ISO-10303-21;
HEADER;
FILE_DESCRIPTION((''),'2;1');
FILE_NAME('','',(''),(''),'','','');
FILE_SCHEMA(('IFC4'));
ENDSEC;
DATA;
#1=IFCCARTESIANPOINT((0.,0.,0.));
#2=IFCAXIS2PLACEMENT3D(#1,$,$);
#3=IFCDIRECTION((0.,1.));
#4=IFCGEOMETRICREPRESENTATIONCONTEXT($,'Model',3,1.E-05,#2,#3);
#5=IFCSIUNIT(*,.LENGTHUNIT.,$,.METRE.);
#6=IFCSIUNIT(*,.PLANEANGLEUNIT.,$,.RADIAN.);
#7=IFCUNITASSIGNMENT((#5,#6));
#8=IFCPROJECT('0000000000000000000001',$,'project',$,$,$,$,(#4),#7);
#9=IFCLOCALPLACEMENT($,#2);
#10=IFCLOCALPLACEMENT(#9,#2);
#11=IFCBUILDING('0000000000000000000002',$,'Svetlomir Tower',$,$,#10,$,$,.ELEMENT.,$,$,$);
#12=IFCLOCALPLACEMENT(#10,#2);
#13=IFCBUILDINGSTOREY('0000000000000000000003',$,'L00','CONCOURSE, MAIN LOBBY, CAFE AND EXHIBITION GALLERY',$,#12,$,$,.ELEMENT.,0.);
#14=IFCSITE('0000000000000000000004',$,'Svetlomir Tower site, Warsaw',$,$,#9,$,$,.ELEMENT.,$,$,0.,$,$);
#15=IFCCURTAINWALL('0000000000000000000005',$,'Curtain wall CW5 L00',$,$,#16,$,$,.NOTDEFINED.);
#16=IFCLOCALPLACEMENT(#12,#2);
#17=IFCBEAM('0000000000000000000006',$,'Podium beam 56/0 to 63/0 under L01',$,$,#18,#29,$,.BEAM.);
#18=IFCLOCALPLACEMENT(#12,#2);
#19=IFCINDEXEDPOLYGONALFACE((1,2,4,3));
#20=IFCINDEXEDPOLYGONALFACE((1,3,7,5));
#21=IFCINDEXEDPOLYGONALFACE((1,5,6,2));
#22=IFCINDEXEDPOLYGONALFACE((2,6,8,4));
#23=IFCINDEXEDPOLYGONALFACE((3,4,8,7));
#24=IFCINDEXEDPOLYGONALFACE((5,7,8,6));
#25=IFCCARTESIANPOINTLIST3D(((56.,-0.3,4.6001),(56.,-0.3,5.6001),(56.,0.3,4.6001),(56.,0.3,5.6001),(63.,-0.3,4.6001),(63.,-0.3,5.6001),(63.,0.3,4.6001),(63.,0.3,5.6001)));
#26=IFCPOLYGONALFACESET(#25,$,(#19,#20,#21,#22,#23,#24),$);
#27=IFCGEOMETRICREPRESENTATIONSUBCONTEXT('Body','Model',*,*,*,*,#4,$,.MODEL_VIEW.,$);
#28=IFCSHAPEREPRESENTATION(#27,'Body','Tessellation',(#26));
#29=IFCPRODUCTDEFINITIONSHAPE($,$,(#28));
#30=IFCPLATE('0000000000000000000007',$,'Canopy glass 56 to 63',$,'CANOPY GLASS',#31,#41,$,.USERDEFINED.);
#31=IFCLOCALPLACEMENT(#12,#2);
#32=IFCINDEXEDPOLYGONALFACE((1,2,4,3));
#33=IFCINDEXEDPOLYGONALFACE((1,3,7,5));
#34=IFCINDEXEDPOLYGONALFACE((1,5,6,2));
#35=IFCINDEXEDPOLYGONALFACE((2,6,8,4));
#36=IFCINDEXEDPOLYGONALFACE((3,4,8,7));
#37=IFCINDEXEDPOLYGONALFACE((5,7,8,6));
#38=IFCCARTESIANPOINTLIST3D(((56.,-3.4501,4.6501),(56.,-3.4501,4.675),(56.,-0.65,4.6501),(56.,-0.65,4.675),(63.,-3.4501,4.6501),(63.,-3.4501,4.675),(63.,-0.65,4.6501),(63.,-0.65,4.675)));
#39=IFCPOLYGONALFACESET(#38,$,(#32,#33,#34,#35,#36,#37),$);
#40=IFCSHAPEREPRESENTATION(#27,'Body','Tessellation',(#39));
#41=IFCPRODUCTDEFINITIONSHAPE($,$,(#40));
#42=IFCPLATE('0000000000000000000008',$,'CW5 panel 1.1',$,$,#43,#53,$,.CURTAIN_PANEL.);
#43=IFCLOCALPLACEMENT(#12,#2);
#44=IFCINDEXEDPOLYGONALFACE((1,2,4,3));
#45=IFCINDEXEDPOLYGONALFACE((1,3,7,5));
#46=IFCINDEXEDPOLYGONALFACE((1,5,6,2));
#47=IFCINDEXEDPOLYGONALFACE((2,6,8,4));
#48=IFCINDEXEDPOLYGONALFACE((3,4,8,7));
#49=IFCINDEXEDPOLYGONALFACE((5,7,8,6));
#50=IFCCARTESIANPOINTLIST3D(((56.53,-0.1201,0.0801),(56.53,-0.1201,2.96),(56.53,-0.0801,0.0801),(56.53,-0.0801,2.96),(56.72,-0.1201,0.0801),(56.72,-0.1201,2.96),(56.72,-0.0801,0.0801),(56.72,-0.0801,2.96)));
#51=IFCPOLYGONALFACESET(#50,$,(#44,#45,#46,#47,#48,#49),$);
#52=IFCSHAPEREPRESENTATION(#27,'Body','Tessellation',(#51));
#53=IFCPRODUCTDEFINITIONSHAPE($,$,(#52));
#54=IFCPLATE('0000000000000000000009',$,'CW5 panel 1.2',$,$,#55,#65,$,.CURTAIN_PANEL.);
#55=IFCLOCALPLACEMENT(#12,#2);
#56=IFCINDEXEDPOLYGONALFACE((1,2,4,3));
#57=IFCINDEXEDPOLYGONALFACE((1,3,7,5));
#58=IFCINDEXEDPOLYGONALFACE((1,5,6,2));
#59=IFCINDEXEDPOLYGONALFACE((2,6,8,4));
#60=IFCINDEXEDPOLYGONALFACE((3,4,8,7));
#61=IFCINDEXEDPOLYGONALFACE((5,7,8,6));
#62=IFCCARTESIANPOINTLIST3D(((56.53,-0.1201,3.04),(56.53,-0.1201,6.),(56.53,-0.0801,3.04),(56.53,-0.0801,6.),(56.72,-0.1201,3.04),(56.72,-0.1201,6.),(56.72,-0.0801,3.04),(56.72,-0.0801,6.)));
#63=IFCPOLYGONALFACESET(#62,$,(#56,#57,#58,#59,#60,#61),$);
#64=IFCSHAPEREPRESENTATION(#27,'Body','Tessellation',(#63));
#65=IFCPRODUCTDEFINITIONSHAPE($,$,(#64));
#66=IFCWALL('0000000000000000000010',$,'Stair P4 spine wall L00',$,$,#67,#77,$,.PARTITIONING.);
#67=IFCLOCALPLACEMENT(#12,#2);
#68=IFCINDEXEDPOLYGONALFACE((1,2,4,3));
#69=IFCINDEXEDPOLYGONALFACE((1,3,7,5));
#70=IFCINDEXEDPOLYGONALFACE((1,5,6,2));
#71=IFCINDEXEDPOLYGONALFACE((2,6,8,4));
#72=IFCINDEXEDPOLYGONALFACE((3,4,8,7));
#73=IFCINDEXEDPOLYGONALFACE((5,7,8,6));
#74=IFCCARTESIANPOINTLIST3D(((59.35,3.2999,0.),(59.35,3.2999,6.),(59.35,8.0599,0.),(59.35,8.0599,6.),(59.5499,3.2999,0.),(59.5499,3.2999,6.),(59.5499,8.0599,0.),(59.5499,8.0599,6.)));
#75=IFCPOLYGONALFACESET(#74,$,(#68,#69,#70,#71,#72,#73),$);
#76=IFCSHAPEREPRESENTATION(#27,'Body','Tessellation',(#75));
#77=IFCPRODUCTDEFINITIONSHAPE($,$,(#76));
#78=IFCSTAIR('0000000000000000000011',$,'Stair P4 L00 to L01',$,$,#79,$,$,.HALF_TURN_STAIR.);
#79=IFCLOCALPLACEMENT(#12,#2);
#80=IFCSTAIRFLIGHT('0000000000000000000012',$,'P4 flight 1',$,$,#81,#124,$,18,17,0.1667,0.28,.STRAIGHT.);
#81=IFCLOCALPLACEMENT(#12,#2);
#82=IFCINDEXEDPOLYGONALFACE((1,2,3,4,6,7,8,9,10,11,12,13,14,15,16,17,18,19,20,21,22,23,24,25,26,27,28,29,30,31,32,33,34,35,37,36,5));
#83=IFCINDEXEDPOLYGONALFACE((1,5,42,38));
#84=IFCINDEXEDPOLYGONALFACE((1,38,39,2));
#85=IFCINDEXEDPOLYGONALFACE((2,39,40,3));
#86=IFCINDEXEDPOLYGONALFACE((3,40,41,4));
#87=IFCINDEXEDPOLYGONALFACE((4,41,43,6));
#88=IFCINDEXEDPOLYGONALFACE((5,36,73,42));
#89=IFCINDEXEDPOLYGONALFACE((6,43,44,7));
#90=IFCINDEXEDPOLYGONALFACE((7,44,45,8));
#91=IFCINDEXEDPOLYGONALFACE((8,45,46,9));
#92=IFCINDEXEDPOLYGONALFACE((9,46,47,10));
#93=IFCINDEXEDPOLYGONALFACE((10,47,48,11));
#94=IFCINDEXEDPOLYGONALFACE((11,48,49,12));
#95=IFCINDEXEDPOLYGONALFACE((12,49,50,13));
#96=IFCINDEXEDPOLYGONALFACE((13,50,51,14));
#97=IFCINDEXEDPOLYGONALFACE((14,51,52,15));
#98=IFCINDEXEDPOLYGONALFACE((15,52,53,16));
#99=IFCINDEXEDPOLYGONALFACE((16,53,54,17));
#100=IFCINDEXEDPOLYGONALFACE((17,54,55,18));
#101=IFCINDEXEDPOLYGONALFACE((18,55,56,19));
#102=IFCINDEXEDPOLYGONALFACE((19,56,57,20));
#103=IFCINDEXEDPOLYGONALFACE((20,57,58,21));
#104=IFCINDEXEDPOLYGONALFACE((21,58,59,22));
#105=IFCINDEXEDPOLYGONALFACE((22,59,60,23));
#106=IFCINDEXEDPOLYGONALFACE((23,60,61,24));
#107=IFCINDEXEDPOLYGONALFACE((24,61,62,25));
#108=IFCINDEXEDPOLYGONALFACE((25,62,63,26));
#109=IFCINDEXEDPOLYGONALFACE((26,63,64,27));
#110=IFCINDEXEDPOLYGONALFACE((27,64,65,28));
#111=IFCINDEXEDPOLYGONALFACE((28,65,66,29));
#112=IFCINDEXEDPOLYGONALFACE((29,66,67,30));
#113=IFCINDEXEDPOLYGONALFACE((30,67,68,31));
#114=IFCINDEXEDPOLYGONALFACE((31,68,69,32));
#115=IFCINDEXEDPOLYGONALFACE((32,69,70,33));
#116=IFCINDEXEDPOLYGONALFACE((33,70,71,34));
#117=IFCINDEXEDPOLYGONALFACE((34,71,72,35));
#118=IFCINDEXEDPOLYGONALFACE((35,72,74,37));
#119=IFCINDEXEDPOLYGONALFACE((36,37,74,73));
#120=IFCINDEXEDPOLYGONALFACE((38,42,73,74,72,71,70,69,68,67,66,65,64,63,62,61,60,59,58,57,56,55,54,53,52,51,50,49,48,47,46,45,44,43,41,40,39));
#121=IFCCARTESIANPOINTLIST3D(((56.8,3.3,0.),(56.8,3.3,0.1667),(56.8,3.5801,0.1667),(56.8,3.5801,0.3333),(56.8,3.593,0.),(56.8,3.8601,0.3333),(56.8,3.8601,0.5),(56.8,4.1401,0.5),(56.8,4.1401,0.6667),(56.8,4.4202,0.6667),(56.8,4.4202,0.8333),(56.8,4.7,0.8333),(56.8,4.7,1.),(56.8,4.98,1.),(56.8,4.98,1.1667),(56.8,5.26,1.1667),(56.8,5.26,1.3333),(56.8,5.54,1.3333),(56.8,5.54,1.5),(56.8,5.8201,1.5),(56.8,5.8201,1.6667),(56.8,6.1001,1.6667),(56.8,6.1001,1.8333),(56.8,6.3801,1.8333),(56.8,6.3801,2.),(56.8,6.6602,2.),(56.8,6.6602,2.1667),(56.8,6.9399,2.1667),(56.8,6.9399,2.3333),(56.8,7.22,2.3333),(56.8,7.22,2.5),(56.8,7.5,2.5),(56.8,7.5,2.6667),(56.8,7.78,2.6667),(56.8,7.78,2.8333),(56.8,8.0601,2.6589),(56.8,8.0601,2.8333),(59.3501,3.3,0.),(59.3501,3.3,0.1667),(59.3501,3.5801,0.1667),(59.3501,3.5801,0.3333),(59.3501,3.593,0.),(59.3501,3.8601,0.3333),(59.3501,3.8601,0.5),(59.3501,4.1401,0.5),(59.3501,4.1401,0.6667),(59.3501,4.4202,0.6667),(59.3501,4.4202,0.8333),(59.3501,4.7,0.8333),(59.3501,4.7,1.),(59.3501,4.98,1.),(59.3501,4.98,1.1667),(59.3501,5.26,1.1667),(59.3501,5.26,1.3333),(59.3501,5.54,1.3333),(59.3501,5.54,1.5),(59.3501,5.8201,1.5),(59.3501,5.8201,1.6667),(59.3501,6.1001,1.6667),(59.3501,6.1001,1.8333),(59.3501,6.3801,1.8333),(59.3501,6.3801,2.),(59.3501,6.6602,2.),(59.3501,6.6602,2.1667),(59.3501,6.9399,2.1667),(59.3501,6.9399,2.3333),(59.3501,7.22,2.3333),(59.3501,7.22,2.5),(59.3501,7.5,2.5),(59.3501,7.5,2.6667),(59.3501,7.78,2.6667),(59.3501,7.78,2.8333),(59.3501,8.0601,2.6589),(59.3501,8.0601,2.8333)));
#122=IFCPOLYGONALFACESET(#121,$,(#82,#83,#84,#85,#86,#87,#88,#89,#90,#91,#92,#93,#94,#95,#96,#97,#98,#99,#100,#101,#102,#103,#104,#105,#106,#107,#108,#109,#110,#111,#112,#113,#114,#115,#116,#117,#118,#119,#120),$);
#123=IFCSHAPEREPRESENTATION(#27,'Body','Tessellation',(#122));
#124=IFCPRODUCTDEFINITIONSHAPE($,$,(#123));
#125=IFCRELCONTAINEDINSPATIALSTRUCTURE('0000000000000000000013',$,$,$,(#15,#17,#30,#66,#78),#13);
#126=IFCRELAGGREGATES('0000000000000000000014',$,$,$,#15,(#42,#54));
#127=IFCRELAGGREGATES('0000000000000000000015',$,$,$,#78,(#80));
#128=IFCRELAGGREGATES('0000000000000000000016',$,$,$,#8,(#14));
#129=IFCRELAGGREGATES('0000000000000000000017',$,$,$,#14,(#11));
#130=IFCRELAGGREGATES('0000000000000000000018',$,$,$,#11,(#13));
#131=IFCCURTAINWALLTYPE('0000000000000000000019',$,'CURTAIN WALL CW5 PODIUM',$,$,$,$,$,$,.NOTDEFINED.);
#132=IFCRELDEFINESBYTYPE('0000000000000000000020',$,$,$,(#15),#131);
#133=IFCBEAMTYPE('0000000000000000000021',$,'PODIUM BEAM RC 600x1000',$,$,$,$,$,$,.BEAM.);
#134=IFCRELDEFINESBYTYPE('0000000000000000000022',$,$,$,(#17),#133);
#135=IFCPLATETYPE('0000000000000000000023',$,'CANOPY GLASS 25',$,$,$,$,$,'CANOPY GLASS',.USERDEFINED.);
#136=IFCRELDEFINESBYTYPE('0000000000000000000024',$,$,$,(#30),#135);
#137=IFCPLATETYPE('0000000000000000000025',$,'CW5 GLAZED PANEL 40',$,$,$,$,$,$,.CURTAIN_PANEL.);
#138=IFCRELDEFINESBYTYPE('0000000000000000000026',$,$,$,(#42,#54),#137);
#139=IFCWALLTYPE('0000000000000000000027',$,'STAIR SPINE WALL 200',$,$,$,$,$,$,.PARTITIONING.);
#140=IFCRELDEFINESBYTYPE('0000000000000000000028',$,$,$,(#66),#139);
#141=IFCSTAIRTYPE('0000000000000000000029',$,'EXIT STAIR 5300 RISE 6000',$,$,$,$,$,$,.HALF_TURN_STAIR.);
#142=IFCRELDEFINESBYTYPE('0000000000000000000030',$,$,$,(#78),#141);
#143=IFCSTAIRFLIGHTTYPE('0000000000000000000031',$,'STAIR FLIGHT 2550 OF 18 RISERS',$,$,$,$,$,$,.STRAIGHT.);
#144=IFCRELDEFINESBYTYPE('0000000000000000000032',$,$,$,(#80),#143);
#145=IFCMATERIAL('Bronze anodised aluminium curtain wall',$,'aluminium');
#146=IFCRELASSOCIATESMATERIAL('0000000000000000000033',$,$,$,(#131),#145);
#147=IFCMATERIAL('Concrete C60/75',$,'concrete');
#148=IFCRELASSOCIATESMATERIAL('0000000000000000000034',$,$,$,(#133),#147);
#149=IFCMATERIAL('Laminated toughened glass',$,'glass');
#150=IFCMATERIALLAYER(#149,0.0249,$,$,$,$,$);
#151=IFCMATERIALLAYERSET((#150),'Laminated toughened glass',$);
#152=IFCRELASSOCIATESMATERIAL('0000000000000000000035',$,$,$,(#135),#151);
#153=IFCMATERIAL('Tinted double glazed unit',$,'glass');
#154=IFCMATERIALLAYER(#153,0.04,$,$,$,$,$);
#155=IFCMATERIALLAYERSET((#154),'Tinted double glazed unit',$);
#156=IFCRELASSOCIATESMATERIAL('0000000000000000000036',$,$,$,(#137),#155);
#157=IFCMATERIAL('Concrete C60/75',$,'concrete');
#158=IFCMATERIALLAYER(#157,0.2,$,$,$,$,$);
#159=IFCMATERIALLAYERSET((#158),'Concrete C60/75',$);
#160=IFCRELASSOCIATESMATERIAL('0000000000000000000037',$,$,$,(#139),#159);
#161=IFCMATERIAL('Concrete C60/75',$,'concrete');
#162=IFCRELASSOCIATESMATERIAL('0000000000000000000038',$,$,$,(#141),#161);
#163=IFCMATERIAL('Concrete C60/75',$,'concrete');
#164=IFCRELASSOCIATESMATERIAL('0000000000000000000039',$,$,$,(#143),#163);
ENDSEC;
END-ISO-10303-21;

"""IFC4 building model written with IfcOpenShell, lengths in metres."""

from ifc_helpers import new_model, si_unit, direction, frame, frame_2d, origin, origin_2d, place, context, subcontext, project, spatial, polyline, rectangle, outline, extrude, material, layer, layer_set, material_profile, profile_set, type_object, element, aggregate, save


model = new_model("IFC4")

# Units and contexts
model_context = context("Model", 3, precision=1e-05, world=origin(), true_north=direction((0.0, 1.0)))
body_context = subcontext(model_context, "Body", "Model", "MODEL_VIEW")
ifc_project = project(units=[si_unit("LENGTHUNIT", "METRE"), si_unit("PLANEANGLEUNIT", "RADIAN")], contexts=[model_context])

# Site, building, storey
site_placement = place(None, origin())
site = spatial("IfcSite", under=ifc_project, at=site_placement, Name="Svetlomir Tower site, Warsaw", CompositionType="ELEMENT", RefElevation=0.0)
building_placement = place(site_placement, origin())
building = spatial("IfcBuilding", under=site, at=building_placement, Name="Svetlomir Tower", CompositionType="ELEMENT")
storey_placement = place(building_placement, origin())
storey = spatial("IfcBuildingStorey", under=building, at=storey_placement, Name="L00", Description="CONCOURSE, MAIN LOBBY, CAFE AND EXHIBITION GALLERY", CompositionType="ELEMENT", Elevation=0.0)

# Shared definitions
ifc_material_1 = material(Name="Bronze anodised aluminium curtain wall", Category="aluminium")
curtain_wall_type = type_object("IfcCurtainWallType", Name="CURTAIN WALL CW5 PODIUM", PredefinedType="NOTDEFINED", material=ifc_material_1)

# Curtain wall
curtain_wall_1_placement = place(storey_placement, origin())
curtain_wall_1 = element("IfcCurtainWall", 1, at=curtain_wall_1_placement, inside=storey, type_object=curtain_wall_type, Name="Curtain wall CW5 L00", PredefinedType="NOTDEFINED")

# Beam
ifc_material_2 = material(Name="Concrete C60/75", Category="concrete")
ifc_material_profile_1 = material_profile(ifc_material_2, rectangle(XDim=0.6001, YDim=1.0, at=origin_2d()), Name="RC 600x1000")
ifc_profile_set_1 = profile_set([ifc_material_profile_1], Name="Concrete C60/75")
beam_type_1 = type_object("IfcBeamType", Name="PODIUM BEAM RC 600x1000", PredefinedType="BEAM", material=ifc_profile_set_1)
beam_1_placement = place(storey_placement, frame((56.0, 0.0, 5.1001), z_axis=(1.0, 0.0, 0.0), x_axis=(0.0, 1.0, 0.0)))
element("IfcBeam", 2, at=beam_1_placement, inside=storey, type_object=beam_type_1, Name="Podium beam 56/0 to 63/0 under L01", PredefinedType="BEAM", context=body_context, shape_type="SweptSolid", body=[
    extrude(rectangle(XDim=0.6001, YDim=1.0, at=origin_2d()), origin(), (0.0, 0.0, 1.0), 7.0),
])

# Plates
ifc_material_3 = material(Name="Laminated toughened glass", Category="glass")
ifc_layer_1 = layer(ifc_material_3, 0.0249)
ifc_layer_set_1 = layer_set([ifc_layer_1], Name="Laminated toughened glass")
plate_type_1 = type_object("IfcPlateType", Name="CANOPY GLASS 25", ElementType="CANOPY GLASS", PredefinedType="USERDEFINED", material=ifc_layer_set_1)
plate_1_placement = place(storey_placement, frame((59.5, -2.05, 4.6501), z_axis=(0.0, 0.0, 1.0), x_axis=(1.0, 0.0, 0.0)))
element("IfcPlate", 3, at=plate_1_placement, inside=storey, type_object=plate_type_1, Name="Canopy glass 56 to 63", ObjectType="CANOPY GLASS", PredefinedType="USERDEFINED", context=body_context, shape_type="SweptSolid", body=[
    extrude(rectangle(XDim=7.0, YDim=2.8, at=origin_2d()), origin(), (0.0, 0.0, 1.0), 0.0249),
])
ifc_material_4 = material(Name="Tinted double glazed unit", Category="glass")
ifc_layer_2 = layer(ifc_material_4, 0.04)
ifc_layer_set_2 = layer_set([ifc_layer_2], Name="Tinted double glazed unit")
plate_type_2 = type_object("IfcPlateType", Name="CW5 GLAZED PANEL 40", PredefinedType="CURTAIN_PANEL", material=ifc_layer_set_2)
plate_2_placement = place(storey_placement, frame((56.625, -0.1001, 0.0801), z_axis=(0.0, 0.0, 1.0), x_axis=(1.0, 0.0, 0.0)))
plate_2 = element("IfcPlate", 4, at=plate_2_placement, type_object=plate_type_2, Name="CW5 panel 1.1", PredefinedType="CURTAIN_PANEL", context=body_context, shape_type="SweptSolid", body=[
    extrude(rectangle(XDim=0.1899, YDim=0.04, at=origin_2d()), origin(), (0.0, 0.0, 1.0), 2.8799),
])
plate_3_placement = place(storey_placement, frame((56.625, -0.1001, 3.04), z_axis=(0.0, 0.0, 1.0), x_axis=(1.0, 0.0, 0.0)))
plate_3 = element("IfcPlate", 5, at=plate_3_placement, type_object=plate_type_2, Name="CW5 panel 1.2", PredefinedType="CURTAIN_PANEL", context=body_context, shape_type="SweptSolid", body=[
    extrude(rectangle(XDim=0.1899, YDim=0.04, at=origin_2d()), origin(), (0.0, 0.0, 1.0), 2.96),
])
aggregate(curtain_wall_1, [plate_2, plate_3])

# Wall
ifc_material_5 = material(Name="Concrete C60/75", Category="concrete")
ifc_layer_3 = layer(ifc_material_5, 0.2)
ifc_layer_set_3 = layer_set([ifc_layer_3], Name="Concrete C60/75")
wall_type = type_object("IfcWallType", Name="STAIR SPINE WALL 200", PredefinedType="PARTITIONING", material=ifc_layer_set_3)
wall_placement = place(storey_placement, frame((59.45, 3.3, 0.0), z_axis=(0.0, 0.0, 1.0), x_axis=(0.0, 1.0, 0.0)))
element("IfcWall", 6, at=wall_placement, inside=storey, type_object=wall_type, Name="Stair P4 spine wall L00", PredefinedType="PARTITIONING", context=body_context, shape_type="SweptSolid", body=[
    extrude(rectangle(XDim=4.76, YDim=0.2, at=frame_2d((2.3799, 0.0))), origin(), (0.0, 0.0, 1.0), 6.0),
])

# Stair, stair flight
ifc_material_6 = material(Name="Concrete C60/75", Category="concrete")
stair_type = type_object("IfcStairType", Name="EXIT STAIR 5300 RISE 6000", PredefinedType="HALF_TURN_STAIR", material=ifc_material_6)
stair_placement = place(storey_placement, origin())
stair = element("IfcStair", 7, at=stair_placement, inside=storey, type_object=stair_type, Name="Stair P4 L00 to L01", PredefinedType="HALF_TURN_STAIR")
ifc_material_7 = material(Name="Concrete C60/75", Category="concrete")
stair_flight_type = type_object("IfcStairFlightType", Name="STAIR FLIGHT 2550 OF 18 RISERS", PredefinedType="STRAIGHT", material=ifc_material_7)
stair_flight_placement = place(storey_placement, frame((58.075, 3.3, 0.0), z_axis=(0.0, 0.0, 1.0), x_axis=(0.0, 1.0, 0.0)))
stair_flight = element("IfcStairFlight", 8, at=stair_flight_placement, type_object=stair_flight_type, Name="P4 flight 1", NumberOfRisers=18, NumberOfTreads=17, PredefinedType="STRAIGHT", RiserHeight=0.1667, TreadLength=0.28, context=body_context, shape_type="SweptSolid", body=[
    extrude(outline(polyline([(0.0, 0.0), (0.0, 0.1667), (0.28, 0.1667), (0.28, 0.3333), (0.5601, 0.3333), (0.5601, 0.5), (0.8401, 0.5), (0.8401, 0.6667), (1.1201, 0.6667), (1.1201, 0.8333), (1.3999, 0.8333), (1.3999, 1.0), (1.6799, 1.0), (1.6799, 1.1667), (1.96, 1.1667), (1.96, 1.3333), (2.24, 1.3333), (2.24, 1.5), (2.52, 1.5), (2.52, 1.6667), (2.8, 1.6667), (2.8, 1.8333), (3.0801, 1.8333), (3.0801, 2.0), (3.3601, 2.0), (3.3601, 2.1667), (3.6399, 2.1667), (3.6399, 2.3333), (3.9199, 2.3333), (3.9199, 2.5), (4.2, 2.5), (4.2, 2.6667), (4.48, 2.6667), (4.48, 2.8333), (4.76, 2.8333), (4.76, 3.0), (4.76, 2.6589), (0.293, 0.0), (0.0, 0.0)])), frame((0.0, 1.2749, 0.0), z_axis=(0.0, -1.0, 0.0), x_axis=(1.0, 0.0, 0.0)), (0.0, 0.0, 1.0), 2.55),
])
aggregate(stair, [stair_flight])

save(model, "model.ifc")
